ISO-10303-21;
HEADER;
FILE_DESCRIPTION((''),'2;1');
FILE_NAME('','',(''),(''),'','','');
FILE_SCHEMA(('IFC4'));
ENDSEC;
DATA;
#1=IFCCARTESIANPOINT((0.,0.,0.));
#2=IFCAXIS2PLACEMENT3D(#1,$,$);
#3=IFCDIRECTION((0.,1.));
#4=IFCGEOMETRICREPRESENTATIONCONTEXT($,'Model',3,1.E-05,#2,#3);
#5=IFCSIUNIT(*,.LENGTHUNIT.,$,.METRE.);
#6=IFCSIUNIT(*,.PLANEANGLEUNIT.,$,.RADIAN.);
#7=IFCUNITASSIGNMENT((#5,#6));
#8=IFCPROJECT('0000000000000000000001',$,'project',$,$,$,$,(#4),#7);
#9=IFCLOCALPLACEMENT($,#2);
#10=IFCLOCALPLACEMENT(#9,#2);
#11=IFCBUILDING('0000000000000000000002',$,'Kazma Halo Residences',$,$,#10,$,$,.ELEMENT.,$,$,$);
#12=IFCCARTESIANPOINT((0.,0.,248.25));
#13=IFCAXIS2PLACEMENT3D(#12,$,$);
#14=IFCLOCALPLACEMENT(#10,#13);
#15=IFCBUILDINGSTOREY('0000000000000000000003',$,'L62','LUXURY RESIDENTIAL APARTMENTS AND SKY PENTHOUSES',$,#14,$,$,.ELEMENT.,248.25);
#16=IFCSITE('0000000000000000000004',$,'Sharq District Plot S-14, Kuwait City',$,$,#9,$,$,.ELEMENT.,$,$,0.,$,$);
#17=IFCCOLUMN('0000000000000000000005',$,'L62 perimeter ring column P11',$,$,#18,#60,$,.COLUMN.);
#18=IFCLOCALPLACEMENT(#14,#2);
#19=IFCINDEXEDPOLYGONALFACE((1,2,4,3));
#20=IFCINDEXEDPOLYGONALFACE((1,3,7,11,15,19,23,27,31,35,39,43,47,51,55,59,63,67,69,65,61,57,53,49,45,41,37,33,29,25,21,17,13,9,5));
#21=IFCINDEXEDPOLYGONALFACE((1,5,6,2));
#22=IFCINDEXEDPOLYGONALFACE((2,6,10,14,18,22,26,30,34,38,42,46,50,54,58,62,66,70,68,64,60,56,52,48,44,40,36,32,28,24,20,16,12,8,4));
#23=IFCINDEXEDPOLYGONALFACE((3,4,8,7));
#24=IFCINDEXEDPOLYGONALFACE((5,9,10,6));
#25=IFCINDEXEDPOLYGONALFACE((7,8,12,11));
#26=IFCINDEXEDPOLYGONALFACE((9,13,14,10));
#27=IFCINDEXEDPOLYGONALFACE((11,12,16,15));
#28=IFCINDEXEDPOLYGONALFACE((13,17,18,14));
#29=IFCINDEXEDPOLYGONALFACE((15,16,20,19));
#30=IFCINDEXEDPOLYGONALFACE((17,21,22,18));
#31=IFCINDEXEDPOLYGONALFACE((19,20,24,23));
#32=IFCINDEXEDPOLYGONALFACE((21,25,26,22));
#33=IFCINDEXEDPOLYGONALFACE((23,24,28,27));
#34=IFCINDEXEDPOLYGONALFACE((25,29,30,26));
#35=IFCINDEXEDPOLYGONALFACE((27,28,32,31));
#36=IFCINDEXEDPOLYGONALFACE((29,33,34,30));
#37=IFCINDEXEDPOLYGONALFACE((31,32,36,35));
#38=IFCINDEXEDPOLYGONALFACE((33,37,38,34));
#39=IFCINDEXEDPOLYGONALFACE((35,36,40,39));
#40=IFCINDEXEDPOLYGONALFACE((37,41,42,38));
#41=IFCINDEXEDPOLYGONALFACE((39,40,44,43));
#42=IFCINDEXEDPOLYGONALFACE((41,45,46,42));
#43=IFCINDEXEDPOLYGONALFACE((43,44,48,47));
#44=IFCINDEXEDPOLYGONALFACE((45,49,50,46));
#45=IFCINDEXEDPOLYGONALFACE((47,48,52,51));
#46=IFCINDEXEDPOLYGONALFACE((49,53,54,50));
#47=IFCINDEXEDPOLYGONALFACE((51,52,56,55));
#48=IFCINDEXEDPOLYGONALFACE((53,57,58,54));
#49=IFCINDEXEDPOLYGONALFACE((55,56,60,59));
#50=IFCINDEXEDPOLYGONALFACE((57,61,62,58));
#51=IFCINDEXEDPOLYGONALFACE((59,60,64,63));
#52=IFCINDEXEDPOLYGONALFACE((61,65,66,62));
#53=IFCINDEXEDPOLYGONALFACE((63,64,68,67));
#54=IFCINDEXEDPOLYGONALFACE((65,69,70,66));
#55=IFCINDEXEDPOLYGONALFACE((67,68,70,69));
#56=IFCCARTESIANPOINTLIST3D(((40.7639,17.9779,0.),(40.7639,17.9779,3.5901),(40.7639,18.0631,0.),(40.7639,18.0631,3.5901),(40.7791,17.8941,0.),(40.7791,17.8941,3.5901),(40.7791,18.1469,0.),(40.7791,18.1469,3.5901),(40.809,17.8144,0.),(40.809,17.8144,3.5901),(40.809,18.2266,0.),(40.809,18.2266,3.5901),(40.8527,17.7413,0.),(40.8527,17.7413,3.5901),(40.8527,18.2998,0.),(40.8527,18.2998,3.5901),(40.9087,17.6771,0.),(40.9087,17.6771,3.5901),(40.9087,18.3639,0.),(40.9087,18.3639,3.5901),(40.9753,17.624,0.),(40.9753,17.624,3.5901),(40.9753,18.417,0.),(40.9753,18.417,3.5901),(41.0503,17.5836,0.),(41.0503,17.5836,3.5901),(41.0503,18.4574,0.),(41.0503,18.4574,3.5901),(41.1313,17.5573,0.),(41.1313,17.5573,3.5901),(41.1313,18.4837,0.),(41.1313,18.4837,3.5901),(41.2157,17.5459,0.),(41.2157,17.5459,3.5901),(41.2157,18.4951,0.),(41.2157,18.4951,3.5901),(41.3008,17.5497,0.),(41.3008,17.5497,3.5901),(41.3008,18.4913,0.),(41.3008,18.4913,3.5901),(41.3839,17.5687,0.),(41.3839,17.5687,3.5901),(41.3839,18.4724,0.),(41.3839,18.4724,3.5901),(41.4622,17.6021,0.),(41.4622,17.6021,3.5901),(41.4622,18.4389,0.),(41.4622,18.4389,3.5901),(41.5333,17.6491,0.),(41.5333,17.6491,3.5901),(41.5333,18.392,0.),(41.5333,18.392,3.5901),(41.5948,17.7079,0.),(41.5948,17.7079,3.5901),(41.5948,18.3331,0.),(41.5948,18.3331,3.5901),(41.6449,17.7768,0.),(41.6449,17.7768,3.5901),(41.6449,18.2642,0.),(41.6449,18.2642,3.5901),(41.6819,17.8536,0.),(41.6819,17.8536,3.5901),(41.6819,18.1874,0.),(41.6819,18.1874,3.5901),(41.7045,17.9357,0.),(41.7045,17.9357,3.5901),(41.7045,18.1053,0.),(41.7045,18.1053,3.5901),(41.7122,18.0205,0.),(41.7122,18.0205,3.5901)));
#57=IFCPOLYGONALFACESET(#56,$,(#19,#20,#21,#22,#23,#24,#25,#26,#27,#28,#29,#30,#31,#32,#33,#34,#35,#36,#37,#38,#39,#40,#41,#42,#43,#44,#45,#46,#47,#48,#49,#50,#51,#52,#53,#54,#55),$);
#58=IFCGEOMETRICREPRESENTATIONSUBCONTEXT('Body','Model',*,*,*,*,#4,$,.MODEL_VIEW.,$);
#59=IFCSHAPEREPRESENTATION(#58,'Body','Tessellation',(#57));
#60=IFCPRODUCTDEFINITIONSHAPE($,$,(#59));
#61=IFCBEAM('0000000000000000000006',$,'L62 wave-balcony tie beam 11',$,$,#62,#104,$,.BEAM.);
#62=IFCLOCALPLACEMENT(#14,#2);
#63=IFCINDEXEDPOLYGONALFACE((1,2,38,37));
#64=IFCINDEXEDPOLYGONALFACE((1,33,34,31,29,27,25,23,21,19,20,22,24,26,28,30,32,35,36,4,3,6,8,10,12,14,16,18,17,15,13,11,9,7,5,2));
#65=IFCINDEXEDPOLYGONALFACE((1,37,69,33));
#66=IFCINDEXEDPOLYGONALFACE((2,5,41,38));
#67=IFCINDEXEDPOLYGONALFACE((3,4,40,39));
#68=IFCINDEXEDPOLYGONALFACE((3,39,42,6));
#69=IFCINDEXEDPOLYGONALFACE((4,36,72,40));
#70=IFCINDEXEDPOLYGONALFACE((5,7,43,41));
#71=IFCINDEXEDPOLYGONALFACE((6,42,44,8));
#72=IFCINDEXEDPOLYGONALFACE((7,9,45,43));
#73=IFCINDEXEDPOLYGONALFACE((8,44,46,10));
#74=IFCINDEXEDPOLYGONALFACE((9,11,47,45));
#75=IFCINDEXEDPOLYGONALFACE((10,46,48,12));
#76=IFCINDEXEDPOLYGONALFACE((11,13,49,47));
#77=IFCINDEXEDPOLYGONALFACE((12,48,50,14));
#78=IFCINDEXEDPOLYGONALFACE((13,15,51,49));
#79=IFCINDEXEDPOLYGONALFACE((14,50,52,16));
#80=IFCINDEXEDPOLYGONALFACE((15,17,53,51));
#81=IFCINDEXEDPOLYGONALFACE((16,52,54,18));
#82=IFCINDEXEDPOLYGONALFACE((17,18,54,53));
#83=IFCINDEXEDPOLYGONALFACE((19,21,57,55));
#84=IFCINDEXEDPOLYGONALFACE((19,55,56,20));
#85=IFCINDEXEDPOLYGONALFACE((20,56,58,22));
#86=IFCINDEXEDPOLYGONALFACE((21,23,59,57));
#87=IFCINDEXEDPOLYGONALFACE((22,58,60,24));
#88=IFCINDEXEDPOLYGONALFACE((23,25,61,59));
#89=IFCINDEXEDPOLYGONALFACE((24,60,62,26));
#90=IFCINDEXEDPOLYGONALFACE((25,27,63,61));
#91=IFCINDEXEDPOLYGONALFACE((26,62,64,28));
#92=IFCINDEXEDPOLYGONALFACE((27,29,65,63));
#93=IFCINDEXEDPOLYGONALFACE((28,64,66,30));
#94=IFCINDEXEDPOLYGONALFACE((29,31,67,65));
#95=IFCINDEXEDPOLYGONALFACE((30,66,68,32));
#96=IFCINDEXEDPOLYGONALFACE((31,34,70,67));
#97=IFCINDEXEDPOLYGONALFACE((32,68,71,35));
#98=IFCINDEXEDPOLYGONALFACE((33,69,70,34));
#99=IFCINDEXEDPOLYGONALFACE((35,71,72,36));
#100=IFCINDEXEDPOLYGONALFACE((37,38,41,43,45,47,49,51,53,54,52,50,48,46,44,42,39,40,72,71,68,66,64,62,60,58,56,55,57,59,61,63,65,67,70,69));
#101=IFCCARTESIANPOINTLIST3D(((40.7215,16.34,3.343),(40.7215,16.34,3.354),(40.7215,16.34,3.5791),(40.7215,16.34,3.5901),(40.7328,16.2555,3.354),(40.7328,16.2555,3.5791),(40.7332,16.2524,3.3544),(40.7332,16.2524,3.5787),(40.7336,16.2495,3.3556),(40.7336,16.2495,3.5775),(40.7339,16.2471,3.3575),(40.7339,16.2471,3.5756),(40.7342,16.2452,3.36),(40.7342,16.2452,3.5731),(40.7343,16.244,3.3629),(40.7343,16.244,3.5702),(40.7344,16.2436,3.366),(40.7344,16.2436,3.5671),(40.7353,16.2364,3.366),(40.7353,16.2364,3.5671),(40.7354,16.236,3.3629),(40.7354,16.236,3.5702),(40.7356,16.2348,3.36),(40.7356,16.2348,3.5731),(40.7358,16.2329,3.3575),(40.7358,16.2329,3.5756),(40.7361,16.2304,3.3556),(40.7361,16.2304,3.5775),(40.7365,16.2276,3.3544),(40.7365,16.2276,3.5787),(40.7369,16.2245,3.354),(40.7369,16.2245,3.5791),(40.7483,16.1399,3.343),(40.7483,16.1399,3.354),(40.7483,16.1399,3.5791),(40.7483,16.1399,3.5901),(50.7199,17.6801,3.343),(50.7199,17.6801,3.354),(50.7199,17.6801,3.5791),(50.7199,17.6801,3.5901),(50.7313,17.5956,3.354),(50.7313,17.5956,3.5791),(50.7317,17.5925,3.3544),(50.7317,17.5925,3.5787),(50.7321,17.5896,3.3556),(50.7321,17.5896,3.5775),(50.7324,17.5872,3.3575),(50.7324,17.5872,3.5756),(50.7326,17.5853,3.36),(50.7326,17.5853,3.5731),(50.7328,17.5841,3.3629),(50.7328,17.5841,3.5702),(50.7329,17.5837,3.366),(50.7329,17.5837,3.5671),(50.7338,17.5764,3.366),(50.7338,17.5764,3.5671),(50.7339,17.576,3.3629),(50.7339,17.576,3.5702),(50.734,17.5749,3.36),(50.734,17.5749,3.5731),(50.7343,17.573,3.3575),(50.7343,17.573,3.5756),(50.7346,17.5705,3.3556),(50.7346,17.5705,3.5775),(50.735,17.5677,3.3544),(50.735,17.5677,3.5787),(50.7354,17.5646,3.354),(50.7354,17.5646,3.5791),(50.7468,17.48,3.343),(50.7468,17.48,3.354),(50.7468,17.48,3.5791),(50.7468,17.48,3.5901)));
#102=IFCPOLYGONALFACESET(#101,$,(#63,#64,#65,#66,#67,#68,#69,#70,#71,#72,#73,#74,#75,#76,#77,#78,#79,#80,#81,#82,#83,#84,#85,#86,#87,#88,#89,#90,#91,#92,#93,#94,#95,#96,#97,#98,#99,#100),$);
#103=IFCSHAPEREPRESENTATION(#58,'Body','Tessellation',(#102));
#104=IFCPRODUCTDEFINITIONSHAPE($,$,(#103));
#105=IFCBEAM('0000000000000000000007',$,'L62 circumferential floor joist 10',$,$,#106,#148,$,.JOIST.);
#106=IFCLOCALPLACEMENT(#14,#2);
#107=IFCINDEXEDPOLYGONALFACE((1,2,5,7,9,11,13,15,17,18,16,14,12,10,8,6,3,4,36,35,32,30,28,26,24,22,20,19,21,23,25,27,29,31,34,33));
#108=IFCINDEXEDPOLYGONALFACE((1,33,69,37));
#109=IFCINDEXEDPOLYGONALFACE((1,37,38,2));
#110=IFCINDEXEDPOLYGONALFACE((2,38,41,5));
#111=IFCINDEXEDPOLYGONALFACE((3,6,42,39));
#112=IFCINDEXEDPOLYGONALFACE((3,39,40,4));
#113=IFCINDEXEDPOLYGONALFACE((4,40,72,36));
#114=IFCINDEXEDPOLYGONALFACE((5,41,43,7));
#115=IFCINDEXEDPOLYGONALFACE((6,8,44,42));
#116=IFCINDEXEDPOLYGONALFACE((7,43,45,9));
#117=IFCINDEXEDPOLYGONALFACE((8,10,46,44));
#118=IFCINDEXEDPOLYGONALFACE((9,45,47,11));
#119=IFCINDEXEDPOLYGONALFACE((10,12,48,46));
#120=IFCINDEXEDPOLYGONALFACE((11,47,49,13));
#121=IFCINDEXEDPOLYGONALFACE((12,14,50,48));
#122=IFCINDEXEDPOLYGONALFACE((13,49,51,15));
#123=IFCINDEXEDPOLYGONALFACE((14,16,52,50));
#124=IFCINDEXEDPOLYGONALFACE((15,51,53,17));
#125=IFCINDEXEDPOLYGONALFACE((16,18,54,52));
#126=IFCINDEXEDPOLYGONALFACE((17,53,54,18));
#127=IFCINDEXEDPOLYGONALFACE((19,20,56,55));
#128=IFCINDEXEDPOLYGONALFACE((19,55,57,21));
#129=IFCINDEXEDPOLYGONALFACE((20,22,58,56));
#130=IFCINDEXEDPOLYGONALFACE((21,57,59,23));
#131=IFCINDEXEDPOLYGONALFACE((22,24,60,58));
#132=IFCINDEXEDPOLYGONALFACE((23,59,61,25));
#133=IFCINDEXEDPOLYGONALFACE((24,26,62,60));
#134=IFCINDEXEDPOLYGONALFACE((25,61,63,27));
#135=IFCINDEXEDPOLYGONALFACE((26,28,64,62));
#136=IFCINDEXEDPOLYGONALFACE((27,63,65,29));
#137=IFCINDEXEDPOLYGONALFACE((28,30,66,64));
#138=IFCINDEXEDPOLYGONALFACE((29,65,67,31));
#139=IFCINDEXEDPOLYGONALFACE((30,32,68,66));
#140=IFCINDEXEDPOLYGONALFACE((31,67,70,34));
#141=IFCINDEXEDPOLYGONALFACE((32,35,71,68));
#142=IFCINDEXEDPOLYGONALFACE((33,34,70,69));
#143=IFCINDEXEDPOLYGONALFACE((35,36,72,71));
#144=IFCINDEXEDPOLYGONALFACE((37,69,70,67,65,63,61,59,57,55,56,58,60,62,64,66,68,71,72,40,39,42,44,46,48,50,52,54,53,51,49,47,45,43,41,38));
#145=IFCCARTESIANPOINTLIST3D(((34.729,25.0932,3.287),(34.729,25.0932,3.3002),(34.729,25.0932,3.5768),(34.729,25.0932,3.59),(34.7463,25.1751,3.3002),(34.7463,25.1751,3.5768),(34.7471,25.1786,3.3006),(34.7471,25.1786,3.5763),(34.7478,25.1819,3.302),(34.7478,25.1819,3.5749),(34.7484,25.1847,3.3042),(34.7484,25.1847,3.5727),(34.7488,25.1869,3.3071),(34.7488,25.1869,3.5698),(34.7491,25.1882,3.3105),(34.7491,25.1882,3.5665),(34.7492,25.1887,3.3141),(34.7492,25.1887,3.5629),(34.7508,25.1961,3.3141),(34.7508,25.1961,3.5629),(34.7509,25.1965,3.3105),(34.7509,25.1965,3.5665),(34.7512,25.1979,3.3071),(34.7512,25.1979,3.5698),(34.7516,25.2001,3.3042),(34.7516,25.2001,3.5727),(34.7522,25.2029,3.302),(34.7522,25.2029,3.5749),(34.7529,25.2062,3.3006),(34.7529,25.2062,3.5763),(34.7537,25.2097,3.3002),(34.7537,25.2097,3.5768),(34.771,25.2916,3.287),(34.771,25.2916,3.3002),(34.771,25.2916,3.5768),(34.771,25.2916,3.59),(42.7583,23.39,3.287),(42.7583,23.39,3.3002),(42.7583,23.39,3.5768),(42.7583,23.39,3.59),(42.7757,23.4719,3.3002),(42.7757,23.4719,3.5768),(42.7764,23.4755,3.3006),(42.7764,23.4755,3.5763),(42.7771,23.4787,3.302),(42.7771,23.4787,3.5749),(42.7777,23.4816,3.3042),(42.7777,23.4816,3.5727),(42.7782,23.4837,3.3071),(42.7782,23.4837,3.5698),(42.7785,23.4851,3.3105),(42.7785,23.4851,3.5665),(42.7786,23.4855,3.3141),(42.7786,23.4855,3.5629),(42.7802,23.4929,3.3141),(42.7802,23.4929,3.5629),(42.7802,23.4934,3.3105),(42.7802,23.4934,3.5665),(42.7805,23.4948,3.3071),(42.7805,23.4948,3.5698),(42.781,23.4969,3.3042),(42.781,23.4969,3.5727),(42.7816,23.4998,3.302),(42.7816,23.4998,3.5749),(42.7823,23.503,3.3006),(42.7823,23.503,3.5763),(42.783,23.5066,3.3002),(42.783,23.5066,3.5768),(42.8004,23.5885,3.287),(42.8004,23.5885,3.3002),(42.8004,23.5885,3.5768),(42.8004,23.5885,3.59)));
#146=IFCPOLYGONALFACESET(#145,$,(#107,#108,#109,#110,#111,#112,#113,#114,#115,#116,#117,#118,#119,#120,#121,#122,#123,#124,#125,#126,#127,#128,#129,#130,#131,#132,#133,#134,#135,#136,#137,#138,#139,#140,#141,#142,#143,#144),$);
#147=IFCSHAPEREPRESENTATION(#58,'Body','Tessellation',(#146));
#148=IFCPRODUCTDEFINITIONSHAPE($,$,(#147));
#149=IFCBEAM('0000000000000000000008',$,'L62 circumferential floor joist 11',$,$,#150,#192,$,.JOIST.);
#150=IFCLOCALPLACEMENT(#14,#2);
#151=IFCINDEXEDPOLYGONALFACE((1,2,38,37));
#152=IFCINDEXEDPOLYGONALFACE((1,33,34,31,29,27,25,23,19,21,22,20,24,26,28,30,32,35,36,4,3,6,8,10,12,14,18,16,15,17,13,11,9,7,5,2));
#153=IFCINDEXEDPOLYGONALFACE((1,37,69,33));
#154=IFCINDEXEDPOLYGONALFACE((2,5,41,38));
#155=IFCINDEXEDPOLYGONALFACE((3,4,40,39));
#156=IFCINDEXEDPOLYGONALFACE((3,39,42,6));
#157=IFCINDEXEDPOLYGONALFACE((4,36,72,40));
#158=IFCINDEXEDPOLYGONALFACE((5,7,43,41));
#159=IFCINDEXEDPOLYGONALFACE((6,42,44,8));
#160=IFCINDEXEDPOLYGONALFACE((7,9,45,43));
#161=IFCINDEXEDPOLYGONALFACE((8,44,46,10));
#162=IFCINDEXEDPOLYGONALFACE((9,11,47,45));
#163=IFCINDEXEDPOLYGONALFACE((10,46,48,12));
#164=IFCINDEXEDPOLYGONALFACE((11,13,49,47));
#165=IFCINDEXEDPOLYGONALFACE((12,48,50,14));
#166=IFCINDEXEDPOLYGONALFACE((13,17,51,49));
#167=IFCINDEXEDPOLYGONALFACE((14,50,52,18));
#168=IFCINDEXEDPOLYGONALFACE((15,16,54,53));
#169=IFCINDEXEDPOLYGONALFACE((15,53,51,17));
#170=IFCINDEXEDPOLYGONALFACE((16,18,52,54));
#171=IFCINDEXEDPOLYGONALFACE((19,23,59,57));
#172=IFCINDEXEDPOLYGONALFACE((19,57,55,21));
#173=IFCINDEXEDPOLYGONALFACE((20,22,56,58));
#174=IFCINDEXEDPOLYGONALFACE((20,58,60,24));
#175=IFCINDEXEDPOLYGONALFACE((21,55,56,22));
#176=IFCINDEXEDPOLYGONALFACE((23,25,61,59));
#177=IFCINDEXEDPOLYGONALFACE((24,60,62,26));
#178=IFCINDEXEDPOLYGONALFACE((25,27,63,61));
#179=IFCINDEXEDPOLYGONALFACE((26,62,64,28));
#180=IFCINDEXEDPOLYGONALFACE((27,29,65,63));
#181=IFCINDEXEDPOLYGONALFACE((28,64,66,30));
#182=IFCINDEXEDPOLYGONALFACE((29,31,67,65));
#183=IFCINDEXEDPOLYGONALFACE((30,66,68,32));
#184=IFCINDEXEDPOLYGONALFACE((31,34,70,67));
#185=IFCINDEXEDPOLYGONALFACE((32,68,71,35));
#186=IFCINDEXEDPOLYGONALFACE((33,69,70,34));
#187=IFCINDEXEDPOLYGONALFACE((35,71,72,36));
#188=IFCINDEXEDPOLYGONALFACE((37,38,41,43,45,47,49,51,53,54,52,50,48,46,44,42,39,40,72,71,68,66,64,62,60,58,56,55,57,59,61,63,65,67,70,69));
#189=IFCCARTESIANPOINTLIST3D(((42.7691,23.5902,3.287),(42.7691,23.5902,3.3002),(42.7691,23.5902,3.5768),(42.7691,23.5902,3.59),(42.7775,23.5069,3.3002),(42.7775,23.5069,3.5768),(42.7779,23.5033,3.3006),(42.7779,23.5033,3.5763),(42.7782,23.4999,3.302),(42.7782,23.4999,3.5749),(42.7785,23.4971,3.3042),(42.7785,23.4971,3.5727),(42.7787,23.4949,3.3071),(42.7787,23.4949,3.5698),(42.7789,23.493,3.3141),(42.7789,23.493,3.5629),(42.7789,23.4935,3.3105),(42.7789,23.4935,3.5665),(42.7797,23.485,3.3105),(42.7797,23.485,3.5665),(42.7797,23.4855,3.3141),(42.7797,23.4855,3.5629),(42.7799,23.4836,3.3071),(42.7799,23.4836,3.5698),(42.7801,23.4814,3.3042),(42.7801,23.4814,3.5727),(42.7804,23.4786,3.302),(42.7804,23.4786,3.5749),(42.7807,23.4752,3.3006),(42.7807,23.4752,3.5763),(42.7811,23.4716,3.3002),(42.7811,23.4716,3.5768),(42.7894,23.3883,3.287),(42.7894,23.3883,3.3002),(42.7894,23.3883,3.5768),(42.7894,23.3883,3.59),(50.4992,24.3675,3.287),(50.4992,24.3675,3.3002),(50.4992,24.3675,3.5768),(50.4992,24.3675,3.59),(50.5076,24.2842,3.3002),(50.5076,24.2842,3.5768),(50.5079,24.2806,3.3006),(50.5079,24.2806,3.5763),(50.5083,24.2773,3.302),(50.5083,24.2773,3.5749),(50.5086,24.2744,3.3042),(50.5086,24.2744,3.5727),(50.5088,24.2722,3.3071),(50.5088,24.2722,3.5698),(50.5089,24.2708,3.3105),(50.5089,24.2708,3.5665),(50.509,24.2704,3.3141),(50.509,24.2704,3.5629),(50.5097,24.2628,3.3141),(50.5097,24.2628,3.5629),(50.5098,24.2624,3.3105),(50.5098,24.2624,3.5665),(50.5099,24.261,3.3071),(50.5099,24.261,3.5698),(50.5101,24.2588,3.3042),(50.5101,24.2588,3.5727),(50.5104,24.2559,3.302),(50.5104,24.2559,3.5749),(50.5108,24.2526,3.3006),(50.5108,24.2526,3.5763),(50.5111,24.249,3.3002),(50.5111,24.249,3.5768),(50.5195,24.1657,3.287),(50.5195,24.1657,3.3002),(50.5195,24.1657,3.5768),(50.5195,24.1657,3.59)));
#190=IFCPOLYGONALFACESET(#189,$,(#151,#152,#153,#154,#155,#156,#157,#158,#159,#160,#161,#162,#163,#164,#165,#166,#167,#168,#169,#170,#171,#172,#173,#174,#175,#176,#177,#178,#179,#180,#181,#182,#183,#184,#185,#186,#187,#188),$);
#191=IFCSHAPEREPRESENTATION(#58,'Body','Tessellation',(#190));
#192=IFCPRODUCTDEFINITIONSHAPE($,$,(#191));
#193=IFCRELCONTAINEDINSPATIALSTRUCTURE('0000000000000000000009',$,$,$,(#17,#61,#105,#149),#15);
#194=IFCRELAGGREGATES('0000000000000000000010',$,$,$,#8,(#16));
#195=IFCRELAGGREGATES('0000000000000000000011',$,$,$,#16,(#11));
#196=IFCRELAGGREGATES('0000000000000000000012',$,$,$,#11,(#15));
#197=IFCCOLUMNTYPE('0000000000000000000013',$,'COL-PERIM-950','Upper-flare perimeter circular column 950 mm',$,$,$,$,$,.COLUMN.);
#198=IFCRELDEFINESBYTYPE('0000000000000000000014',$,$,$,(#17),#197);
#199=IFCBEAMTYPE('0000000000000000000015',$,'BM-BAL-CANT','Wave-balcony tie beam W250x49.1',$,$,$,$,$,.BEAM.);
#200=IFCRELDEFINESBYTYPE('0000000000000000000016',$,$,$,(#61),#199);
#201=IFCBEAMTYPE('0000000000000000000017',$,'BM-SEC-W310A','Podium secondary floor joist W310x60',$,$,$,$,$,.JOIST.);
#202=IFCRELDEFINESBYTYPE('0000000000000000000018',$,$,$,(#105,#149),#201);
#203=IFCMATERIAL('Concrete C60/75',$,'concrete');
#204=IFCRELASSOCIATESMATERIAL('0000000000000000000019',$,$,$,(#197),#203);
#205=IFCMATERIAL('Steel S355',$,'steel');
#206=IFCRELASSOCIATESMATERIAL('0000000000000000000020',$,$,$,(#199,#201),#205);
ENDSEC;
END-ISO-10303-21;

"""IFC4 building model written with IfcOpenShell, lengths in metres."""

from ifc_helpers import new_model, si_unit, direction, frame, origin, origin_2d, place, context, subcontext, project, spatial, circle, i_section, extrude, material, material_profile, profile_set, type_object, element, save


model = new_model("IFC4")

# Units and contexts
model_context = context("Model", 3, precision=1e-05, world=origin(), true_north=direction((0.0, 1.0)))
body_context = subcontext(model_context, "Body", "Model", "MODEL_VIEW")
ifc_project = project(units=[si_unit("LENGTHUNIT", "METRE"), si_unit("PLANEANGLEUNIT", "RADIAN")], contexts=[model_context])

# Site, building, storey
site_placement = place(None, origin())
site = spatial("IfcSite", under=ifc_project, at=site_placement, Name="Sharq District Plot S-14, Kuwait City", CompositionType="ELEMENT", RefElevation=0.0)
building_placement = place(site_placement, origin())
building = spatial("IfcBuilding", under=site, at=building_placement, Name="Kazma Halo Residences", CompositionType="ELEMENT")
storey_placement = place(building_placement, frame((0.0, 0.0, 248.25)))
storey = spatial("IfcBuildingStorey", under=building, at=storey_placement, Name="L62", Description="LUXURY RESIDENTIAL APARTMENTS AND SKY PENTHOUSES", CompositionType="ELEMENT", Elevation=248.25)

# Column
ifc_material_1 = material(Name="Concrete C60/75", Category="concrete")
ifc_material_profile_1 = material_profile(ifc_material_1, circle(Radius=0.4751, at=origin_2d()), Name="CIRC950")
ifc_profile_set_1 = profile_set([ifc_material_profile_1], Name="Concrete C60/75")
column_type = type_object("IfcColumnType", Name="COL-PERIM-950", Description="Upper-flare perimeter circular column 950 mm", PredefinedType="COLUMN", material=ifc_profile_set_1)
column_placement = place(storey_placement, frame((41.2371, 18.0205, 0.0), z_axis=(0.0, 0.0, 1.0), x_axis=(1.0, 0.0, 0.0)))
element("IfcColumn", 1, at=column_placement, inside=storey, type_object=column_type, Name="L62 perimeter ring column P11", PredefinedType="COLUMN", context=body_context, shape_type="SweptSolid", body=[
    extrude(circle(Radius=0.4751, at=origin_2d()), origin(), (0.0, 0.0, 1.0), 3.5901),
])

# Beams
ifc_material_2 = material(Name="Steel S355", Category="steel")
ifc_material_profile_2 = material_profile(ifc_material_2, i_section(OverallWidth=0.2019, OverallDepth=0.2471, WebThickness=0.0073, FlangeThickness=0.011, FilletRadius=0.012, at=origin_2d()), Name="W250x49.1")
ifc_profile_set_2 = profile_set([ifc_material_profile_2], Name="Steel S355")
beam_type_1 = type_object("IfcBeamType", Name="BM-BAL-CANT", Description="Wave-balcony tie beam W250x49.1", PredefinedType="BEAM", material=ifc_profile_set_2)
beam_1_placement = place(storey_placement, frame((40.7349, 16.24, 3.4666), z_axis=(0.991137, 0.132841, 0.0), x_axis=(-0.132841, 0.991137, 0.0)))
element("IfcBeam", 2, at=beam_1_placement, inside=storey, type_object=beam_type_1, Name="L62 wave-balcony tie beam 11", PredefinedType="BEAM", context=body_context, shape_type="SweptSolid", body=[
    extrude(i_section(OverallWidth=0.2019, OverallDepth=0.2471, WebThickness=0.0073, FlangeThickness=0.011, FilletRadius=0.012, at=origin_2d()), origin(), (0.0, 0.0, 1.0), 10.0879),
])
ifc_material_profile_3 = material_profile(ifc_material_2, i_section(OverallWidth=0.2029, OverallDepth=0.303, WebThickness=0.0076, FlangeThickness=0.0132, FilletRadius=0.0139, at=origin_2d()), Name="W310x60")
ifc_profile_set_3 = profile_set([ifc_material_profile_3], Name="Steel S355")
beam_type_2 = type_object("IfcBeamType", Name="BM-SEC-W310A", Description="Podium secondary floor joist W310x60", PredefinedType="JOIST", material=ifc_profile_set_3)
beam_2_placement = place(storey_placement, frame((34.75, 25.1924, 3.4385), z_axis=(0.978236, -0.207497, 0.0), x_axis=(0.207497, 0.978236, 0.0)))
element("IfcBeam", 3, at=beam_2_placement, inside=storey, type_object=beam_type_2, Name="L62 circumferential floor joist 10", PredefinedType="JOIST", context=body_context, shape_type="SweptSolid", body=[
    extrude(i_section(OverallWidth=0.2029, OverallDepth=0.303, WebThickness=0.0076, FlangeThickness=0.0132, FilletRadius=0.0139, at=origin_2d()), origin(), (0.0, 0.0, 1.0), 8.208),
])
beam_3_placement = place(storey_placement, frame((42.7793, 23.4893, 3.4385), z_axis=(0.994982, 0.100058, 0.0), x_axis=(-0.100058, 0.994982, 0.0)))
element("IfcBeam", 4, at=beam_3_placement, inside=storey, type_object=beam_type_2, Name="L62 circumferential floor joist 11", PredefinedType="JOIST", context=body_context, shape_type="SweptSolid", body=[
    extrude(i_section(OverallWidth=0.2029, OverallDepth=0.303, WebThickness=0.0076, FlangeThickness=0.0132, FilletRadius=0.0139, at=origin_2d()), origin(), (0.0, 0.0, 1.0), 7.769),
])

save(model, "model.ifc")
